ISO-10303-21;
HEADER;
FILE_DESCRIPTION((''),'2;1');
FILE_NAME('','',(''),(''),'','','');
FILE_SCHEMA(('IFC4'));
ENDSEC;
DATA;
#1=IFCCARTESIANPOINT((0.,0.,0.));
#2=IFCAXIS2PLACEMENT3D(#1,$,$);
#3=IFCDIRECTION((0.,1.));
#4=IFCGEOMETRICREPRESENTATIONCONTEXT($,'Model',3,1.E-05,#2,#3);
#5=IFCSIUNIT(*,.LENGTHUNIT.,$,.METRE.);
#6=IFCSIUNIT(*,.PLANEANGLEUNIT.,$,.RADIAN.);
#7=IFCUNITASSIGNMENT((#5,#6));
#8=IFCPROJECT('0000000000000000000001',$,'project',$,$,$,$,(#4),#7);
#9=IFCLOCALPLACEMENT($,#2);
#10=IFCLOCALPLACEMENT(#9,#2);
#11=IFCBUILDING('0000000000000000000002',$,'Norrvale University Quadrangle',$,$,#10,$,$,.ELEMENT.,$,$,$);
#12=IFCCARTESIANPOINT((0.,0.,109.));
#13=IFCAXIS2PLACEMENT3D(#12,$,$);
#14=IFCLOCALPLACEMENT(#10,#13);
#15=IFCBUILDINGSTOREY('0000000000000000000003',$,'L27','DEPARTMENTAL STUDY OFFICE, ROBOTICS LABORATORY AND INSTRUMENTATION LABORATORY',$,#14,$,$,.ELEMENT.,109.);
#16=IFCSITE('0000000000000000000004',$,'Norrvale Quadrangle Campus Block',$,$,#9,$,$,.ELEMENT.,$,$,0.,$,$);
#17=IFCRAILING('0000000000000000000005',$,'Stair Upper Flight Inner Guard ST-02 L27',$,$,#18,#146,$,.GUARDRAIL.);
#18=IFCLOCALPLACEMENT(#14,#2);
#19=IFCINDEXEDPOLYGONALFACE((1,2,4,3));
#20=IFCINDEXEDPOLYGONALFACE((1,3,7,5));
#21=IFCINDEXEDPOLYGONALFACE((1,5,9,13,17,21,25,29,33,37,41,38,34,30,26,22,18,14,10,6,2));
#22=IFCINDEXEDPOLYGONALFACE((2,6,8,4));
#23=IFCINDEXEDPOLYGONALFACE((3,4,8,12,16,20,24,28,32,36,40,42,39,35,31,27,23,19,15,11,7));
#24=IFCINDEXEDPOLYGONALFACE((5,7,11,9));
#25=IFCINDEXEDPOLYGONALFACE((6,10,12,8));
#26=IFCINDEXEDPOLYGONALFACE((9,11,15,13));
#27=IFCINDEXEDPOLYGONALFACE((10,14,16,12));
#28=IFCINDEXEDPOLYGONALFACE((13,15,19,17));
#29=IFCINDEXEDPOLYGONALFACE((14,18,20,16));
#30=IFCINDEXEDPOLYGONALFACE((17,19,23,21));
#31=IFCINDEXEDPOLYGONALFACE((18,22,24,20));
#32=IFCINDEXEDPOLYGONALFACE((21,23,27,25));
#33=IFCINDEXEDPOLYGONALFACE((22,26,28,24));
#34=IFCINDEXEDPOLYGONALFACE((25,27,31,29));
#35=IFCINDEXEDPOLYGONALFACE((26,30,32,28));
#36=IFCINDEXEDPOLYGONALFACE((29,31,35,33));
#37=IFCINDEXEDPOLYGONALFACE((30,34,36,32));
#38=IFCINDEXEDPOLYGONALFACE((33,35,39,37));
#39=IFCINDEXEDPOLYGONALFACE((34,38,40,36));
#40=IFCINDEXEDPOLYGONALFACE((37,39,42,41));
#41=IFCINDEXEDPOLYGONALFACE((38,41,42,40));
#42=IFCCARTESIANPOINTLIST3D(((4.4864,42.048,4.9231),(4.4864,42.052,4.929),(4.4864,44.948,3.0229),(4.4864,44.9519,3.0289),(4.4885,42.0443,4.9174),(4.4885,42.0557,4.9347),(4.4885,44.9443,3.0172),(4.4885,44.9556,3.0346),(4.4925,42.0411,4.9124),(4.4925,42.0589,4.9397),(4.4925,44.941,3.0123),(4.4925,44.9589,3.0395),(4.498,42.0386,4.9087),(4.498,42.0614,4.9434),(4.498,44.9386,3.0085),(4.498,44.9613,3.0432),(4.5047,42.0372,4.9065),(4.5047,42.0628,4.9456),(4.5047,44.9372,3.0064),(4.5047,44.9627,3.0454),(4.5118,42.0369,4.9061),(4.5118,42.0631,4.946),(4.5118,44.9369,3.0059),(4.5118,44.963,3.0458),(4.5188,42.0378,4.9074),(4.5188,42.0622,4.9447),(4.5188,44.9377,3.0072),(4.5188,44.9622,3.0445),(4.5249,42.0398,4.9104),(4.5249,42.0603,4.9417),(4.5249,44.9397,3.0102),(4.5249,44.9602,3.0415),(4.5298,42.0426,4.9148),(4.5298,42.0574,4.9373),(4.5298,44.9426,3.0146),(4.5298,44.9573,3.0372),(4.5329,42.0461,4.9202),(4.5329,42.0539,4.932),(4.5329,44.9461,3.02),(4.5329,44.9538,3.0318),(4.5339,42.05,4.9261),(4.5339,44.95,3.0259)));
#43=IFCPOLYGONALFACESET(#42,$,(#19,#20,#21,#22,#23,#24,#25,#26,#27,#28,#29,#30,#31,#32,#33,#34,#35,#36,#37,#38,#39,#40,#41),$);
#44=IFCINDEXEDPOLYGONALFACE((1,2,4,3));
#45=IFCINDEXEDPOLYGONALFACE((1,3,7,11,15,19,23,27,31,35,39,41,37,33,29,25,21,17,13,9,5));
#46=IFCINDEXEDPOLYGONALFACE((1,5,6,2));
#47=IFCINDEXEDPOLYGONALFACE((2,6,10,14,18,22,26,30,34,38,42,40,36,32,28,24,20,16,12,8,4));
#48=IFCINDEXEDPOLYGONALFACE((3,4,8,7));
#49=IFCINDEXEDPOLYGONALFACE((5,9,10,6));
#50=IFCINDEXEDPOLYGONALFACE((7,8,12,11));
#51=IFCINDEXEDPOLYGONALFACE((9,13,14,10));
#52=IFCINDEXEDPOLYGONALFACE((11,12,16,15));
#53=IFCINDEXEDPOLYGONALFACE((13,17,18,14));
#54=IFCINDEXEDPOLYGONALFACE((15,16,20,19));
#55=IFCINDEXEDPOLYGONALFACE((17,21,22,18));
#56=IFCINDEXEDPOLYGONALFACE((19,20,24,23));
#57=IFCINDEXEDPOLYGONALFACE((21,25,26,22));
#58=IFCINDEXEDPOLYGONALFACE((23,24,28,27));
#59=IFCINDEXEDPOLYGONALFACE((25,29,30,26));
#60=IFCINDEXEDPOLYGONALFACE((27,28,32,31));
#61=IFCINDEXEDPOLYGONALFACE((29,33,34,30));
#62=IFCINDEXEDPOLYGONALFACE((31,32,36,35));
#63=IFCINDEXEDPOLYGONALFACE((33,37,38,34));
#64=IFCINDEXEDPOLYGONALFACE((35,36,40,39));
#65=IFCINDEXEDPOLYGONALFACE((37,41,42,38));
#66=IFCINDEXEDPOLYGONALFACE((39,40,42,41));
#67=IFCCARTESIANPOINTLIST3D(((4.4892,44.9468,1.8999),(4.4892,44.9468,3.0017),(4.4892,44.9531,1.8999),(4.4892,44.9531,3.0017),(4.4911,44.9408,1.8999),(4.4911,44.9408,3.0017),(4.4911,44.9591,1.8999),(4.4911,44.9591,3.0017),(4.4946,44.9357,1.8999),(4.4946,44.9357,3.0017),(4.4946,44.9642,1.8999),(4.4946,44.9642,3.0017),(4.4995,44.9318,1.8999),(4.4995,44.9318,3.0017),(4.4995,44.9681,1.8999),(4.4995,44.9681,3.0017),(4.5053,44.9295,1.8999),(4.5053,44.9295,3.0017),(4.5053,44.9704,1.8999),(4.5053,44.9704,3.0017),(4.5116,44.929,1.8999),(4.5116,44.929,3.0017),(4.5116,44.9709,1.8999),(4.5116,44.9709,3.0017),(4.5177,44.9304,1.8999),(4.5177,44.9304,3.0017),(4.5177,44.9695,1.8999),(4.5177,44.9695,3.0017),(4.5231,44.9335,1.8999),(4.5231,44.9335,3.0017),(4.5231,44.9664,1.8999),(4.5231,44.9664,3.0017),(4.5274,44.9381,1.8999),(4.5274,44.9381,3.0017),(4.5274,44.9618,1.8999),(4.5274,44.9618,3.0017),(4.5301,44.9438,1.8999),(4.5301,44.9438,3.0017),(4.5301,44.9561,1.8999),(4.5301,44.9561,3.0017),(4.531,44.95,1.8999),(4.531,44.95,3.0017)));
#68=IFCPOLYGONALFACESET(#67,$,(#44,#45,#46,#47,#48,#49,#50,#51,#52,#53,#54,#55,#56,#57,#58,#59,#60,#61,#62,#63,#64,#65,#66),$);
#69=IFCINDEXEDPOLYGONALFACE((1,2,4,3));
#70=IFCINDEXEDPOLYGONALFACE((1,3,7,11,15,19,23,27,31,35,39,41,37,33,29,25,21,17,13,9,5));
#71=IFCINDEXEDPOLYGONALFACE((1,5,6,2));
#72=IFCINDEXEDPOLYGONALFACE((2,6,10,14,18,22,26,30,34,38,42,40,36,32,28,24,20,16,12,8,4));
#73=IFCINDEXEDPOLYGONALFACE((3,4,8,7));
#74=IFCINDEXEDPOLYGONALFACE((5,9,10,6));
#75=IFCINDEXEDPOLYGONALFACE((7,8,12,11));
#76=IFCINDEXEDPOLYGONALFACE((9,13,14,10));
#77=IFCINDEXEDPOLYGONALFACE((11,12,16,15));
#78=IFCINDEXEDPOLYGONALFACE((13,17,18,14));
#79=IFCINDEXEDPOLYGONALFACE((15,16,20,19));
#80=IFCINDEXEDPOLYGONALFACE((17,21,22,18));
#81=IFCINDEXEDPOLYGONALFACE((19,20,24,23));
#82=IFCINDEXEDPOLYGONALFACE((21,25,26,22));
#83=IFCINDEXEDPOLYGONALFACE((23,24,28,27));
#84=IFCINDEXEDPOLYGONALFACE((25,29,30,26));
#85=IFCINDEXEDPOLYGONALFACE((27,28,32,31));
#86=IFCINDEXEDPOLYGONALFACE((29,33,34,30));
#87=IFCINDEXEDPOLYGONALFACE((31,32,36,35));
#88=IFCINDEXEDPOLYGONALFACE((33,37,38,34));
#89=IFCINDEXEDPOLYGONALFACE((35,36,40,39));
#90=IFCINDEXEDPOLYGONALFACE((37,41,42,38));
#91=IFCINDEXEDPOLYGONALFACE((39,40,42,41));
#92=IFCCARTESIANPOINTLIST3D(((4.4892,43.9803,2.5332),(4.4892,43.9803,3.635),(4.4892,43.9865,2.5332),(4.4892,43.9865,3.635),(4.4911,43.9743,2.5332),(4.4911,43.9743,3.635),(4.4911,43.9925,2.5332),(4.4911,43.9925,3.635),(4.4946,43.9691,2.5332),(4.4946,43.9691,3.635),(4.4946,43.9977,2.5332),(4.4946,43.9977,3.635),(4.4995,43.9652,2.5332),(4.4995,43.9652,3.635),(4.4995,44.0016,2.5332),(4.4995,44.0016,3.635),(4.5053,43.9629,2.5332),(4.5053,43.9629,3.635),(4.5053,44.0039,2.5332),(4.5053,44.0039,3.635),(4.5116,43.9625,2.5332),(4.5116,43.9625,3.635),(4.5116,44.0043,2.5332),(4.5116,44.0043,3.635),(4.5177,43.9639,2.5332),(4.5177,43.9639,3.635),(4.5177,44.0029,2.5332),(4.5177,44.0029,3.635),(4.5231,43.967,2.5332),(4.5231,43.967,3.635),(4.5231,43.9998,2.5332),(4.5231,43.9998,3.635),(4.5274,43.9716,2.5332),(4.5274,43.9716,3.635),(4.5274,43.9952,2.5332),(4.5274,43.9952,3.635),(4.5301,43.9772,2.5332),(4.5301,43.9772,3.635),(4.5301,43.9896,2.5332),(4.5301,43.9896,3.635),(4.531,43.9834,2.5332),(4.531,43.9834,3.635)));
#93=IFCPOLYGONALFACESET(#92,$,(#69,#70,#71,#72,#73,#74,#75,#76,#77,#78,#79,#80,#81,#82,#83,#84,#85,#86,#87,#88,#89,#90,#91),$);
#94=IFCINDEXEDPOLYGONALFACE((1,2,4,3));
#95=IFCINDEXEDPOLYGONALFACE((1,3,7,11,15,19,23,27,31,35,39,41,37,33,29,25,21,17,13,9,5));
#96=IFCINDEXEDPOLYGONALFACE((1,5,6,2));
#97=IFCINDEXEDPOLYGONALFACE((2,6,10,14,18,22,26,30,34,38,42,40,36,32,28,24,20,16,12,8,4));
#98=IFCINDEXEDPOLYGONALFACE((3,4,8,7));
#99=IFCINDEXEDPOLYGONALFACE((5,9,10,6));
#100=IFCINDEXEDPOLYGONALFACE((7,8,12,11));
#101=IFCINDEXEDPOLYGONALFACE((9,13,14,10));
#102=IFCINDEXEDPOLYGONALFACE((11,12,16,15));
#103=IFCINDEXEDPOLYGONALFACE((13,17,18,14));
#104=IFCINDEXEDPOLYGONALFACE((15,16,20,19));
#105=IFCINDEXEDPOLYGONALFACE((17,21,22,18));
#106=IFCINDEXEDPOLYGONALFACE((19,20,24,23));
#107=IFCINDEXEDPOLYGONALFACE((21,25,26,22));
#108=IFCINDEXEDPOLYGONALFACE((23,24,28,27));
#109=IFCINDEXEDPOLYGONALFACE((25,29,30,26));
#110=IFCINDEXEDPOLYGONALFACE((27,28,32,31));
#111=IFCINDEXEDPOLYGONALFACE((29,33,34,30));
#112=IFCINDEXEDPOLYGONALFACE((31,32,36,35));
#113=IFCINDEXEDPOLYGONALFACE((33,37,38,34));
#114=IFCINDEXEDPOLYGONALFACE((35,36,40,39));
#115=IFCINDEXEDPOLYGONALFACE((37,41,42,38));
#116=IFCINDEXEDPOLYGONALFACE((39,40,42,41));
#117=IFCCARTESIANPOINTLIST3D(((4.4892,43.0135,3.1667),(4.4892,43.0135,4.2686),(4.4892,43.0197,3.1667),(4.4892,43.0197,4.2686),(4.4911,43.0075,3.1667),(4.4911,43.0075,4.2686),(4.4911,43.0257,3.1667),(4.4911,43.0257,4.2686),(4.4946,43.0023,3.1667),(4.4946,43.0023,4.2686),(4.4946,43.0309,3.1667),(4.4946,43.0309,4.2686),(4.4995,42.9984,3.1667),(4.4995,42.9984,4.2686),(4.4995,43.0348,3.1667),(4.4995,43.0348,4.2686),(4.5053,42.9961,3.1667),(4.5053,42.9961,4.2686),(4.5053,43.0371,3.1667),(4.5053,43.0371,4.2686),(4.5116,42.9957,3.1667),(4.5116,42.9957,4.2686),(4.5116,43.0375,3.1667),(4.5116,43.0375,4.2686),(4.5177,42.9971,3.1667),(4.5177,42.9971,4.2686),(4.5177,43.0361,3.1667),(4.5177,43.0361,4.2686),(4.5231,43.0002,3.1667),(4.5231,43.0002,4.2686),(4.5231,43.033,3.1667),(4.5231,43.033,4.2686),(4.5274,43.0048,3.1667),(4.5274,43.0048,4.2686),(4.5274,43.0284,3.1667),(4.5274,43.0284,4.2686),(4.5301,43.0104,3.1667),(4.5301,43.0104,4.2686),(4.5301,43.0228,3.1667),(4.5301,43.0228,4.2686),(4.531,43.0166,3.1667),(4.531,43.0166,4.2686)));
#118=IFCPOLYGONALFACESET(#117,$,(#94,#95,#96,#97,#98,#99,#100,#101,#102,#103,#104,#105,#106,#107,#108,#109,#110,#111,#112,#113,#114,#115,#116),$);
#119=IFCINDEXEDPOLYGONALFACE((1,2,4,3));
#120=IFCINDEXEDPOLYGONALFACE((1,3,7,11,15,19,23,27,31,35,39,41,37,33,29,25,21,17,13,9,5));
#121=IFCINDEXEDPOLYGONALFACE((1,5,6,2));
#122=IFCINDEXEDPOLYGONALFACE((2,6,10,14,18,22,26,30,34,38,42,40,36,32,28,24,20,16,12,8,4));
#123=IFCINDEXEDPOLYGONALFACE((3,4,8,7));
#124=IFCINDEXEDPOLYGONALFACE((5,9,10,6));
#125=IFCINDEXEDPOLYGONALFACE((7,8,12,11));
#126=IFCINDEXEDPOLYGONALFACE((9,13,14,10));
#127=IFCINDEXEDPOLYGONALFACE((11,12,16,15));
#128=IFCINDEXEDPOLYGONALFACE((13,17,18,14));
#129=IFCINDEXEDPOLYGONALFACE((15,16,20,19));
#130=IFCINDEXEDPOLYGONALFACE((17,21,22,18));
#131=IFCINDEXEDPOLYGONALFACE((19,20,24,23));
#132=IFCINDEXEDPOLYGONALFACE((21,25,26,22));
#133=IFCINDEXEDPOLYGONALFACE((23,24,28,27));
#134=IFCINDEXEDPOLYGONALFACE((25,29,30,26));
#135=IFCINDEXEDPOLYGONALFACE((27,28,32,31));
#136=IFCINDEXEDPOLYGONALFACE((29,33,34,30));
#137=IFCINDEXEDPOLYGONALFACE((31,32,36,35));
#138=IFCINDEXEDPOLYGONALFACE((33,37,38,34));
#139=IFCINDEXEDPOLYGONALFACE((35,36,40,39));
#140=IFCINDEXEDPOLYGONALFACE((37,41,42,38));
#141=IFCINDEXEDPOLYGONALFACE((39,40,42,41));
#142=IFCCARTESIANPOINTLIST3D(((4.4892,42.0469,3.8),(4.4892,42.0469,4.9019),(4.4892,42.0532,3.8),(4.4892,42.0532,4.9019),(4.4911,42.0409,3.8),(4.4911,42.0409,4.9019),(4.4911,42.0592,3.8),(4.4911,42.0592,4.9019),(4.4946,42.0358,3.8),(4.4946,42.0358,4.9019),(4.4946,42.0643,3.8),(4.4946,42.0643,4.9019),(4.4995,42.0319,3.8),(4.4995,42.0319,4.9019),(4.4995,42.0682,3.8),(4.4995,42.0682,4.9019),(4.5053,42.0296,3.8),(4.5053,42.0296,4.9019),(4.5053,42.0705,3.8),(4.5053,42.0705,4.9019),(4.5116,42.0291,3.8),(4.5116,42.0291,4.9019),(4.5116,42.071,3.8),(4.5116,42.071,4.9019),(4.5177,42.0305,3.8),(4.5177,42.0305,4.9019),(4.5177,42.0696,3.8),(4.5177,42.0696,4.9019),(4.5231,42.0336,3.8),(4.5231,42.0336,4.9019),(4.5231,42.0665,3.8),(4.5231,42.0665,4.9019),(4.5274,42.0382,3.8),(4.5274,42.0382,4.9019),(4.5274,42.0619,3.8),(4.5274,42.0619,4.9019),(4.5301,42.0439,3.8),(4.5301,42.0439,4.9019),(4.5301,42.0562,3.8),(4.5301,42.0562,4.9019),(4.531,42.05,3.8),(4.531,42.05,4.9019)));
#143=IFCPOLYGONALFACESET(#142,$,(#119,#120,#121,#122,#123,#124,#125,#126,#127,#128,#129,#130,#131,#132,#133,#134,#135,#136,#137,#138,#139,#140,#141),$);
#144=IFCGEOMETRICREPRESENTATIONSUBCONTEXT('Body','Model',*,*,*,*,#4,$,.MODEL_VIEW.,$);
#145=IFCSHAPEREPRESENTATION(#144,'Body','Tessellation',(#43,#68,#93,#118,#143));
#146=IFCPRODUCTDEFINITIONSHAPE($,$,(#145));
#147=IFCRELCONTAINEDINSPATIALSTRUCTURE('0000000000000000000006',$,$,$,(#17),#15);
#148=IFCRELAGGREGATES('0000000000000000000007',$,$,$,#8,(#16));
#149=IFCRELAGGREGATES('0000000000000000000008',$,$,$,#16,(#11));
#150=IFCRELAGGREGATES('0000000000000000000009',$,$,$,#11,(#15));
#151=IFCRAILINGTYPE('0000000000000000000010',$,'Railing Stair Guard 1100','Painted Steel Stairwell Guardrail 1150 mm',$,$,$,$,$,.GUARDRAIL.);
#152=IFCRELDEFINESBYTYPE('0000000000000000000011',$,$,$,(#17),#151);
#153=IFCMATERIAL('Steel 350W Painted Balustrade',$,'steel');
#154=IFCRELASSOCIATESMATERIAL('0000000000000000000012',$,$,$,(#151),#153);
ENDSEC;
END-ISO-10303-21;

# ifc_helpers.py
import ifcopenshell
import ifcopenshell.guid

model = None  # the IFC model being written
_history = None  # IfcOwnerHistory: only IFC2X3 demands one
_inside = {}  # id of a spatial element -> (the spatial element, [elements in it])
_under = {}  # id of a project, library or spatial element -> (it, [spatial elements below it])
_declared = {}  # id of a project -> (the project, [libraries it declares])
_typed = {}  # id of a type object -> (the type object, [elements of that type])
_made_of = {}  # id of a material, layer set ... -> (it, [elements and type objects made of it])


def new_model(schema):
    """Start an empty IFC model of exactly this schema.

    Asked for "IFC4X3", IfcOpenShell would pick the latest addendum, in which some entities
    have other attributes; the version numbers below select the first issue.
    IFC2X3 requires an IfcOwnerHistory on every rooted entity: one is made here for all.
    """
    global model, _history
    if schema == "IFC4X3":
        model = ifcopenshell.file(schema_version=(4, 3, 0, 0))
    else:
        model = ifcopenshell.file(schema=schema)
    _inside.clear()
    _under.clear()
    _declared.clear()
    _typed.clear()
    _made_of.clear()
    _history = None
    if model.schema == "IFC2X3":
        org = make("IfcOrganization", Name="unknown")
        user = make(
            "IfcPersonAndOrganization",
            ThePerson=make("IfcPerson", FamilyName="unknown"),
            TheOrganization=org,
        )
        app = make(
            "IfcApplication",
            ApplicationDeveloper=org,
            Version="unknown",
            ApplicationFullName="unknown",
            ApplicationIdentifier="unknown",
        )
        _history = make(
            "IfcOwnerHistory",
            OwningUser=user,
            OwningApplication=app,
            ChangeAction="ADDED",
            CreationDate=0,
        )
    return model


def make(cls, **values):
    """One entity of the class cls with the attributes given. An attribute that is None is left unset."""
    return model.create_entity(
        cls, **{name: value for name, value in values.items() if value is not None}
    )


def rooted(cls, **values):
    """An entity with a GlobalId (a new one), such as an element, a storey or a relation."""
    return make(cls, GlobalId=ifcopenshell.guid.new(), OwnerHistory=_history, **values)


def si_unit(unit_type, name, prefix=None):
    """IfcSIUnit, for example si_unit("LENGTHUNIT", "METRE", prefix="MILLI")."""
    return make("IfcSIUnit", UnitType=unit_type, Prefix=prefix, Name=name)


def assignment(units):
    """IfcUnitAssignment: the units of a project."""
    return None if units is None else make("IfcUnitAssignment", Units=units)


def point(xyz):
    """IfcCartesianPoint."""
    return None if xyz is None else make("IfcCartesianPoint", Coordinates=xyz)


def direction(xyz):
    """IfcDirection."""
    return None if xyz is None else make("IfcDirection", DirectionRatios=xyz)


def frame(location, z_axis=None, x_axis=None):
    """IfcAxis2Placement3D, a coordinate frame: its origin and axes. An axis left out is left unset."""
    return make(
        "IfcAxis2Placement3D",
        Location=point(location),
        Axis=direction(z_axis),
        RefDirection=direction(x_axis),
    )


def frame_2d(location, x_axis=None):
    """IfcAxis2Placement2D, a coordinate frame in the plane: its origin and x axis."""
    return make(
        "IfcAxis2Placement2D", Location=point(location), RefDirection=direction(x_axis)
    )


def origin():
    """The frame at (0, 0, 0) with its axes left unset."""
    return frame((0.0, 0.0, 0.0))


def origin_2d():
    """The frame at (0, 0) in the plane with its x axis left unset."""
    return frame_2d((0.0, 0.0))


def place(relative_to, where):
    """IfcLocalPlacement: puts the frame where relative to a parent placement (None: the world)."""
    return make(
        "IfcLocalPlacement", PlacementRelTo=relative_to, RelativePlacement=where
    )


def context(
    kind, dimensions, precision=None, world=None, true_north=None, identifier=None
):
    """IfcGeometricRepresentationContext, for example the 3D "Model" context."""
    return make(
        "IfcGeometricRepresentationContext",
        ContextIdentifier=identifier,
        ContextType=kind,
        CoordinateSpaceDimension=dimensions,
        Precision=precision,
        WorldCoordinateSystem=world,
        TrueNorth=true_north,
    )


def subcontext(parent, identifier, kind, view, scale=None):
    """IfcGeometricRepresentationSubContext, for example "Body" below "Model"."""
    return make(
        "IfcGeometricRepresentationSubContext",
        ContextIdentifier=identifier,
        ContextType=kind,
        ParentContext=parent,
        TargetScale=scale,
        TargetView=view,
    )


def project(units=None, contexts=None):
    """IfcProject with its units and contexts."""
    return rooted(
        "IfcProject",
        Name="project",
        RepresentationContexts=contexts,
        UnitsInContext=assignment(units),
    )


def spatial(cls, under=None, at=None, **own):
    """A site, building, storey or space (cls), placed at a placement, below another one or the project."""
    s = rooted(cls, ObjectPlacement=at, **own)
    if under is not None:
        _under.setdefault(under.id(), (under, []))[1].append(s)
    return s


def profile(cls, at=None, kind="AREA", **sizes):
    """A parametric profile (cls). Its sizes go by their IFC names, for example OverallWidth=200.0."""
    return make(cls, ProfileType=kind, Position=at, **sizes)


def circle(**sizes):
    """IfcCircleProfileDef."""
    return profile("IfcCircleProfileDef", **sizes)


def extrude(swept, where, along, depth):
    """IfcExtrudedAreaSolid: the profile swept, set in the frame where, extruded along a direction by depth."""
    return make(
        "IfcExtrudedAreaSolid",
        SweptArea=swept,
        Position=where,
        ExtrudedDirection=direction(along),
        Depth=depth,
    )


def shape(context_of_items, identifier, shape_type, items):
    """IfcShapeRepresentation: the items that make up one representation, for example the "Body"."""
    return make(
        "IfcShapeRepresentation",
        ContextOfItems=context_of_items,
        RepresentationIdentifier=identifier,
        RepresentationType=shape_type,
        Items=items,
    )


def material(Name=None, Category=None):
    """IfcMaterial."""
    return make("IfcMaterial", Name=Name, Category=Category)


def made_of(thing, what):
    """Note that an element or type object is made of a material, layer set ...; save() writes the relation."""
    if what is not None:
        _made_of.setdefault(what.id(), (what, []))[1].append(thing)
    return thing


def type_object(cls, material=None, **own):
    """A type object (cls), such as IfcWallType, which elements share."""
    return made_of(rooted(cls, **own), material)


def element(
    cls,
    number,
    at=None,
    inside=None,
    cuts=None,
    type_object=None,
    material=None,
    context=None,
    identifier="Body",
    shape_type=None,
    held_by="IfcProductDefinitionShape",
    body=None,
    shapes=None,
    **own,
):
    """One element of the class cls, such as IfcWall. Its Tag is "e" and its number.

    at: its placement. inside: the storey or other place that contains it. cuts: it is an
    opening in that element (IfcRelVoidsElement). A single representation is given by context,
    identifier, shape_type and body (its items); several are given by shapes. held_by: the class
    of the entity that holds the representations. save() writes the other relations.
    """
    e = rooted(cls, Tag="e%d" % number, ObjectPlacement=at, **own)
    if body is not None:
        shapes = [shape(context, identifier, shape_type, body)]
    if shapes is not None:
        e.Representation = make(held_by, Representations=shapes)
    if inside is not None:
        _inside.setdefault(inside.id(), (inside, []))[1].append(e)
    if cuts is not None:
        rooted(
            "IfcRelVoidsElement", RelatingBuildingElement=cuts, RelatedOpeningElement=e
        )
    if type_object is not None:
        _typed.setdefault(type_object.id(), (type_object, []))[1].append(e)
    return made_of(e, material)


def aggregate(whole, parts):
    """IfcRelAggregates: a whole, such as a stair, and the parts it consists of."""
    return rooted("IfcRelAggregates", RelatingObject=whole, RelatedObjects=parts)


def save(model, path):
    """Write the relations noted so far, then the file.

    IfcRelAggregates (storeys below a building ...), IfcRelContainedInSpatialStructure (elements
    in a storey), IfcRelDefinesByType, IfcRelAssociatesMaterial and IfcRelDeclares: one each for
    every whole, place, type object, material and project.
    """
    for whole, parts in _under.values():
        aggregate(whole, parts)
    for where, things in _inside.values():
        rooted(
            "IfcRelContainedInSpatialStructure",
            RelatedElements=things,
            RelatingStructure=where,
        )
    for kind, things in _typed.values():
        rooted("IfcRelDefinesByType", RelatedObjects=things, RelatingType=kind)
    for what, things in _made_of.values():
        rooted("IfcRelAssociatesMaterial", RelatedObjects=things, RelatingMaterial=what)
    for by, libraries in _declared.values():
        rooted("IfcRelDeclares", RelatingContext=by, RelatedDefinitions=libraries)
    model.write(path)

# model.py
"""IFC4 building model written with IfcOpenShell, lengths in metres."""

from ifc_helpers import new_model, si_unit, direction, frame, origin, origin_2d, place, context, subcontext, project, spatial, circle, extrude, material, type_object, element, save


model = new_model("IFC4")

# Units and contexts
model_context = context("Model", 3, precision=1e-05, world=origin(), true_north=direction((0.0, 1.0)))
body_context = subcontext(model_context, "Body", "Model", "MODEL_VIEW")
ifc_project = project(units=[si_unit("LENGTHUNIT", "METRE"), si_unit("PLANEANGLEUNIT", "RADIAN")], contexts=[model_context])

# Site, building, storey
site_placement = place(None, origin())
site = spatial("IfcSite", under=ifc_project, at=site_placement, Name="Norrvale Quadrangle Campus Block", CompositionType="ELEMENT", RefElevation=0.0)
building_placement = place(site_placement, origin())
building = spatial("IfcBuilding", under=site, at=building_placement, Name="Norrvale University Quadrangle", CompositionType="ELEMENT")
storey_placement = place(building_placement, frame((0.0, 0.0, 109.0)))
storey = spatial("IfcBuildingStorey", under=building, at=storey_placement, Name="L27", Description="DEPARTMENTAL STUDY OFFICE, ROBOTICS LABORATORY AND INSTRUMENTATION LABORATORY", CompositionType="ELEMENT", Elevation=109.0)

# Railing
ifc_material_1 = material(Name="Steel 350W Painted Balustrade", Category="steel")
railing_type_1 = type_object("IfcRailingType", Name="Railing Stair Guard 1100", Description="Painted Steel Stairwell Guardrail 1150 mm", PredefinedType="GUARDRAIL", material=ifc_material_1)
railing_1_placement = place(storey_placement, frame((4.51, 44.95, 1.8999)))
element("IfcRailing", 1, at=railing_1_placement, inside=storey, type_object=railing_type_1, Name="Stair Upper Flight Inner Guard ST-02 L27", PredefinedType="GUARDRAIL", context=body_context, shape_type="SweptSolid", body=[
    extrude(circle(Radius=0.0239, at=origin_2d()), frame((0.0, 0.0, 1.126), z_axis=(0.0, -0.836433, 0.548069), x_axis=(1.0, 0.0, 0.0)), (0.0, 0.0, 1.0), 3.467),
    extrude(circle(Radius=0.021, at=origin_2d()), origin(), (0.0, 0.0, 1.0), 1.1018),
    extrude(circle(Radius=0.021, at=origin_2d()), frame((0.0, -0.9666, 0.6333)), (0.0, 0.0, 1.0), 1.1018),
    extrude(circle(Radius=0.021, at=origin_2d()), frame((0.0, -1.9333, 1.2668)), (0.0, 0.0, 1.0), 1.1018),
    extrude(circle(Radius=0.021, at=origin_2d()), frame((0.0, -2.8999, 1.9001)), (0.0, 0.0, 1.0), 1.1018),
])

save(model, "model.ifc")
